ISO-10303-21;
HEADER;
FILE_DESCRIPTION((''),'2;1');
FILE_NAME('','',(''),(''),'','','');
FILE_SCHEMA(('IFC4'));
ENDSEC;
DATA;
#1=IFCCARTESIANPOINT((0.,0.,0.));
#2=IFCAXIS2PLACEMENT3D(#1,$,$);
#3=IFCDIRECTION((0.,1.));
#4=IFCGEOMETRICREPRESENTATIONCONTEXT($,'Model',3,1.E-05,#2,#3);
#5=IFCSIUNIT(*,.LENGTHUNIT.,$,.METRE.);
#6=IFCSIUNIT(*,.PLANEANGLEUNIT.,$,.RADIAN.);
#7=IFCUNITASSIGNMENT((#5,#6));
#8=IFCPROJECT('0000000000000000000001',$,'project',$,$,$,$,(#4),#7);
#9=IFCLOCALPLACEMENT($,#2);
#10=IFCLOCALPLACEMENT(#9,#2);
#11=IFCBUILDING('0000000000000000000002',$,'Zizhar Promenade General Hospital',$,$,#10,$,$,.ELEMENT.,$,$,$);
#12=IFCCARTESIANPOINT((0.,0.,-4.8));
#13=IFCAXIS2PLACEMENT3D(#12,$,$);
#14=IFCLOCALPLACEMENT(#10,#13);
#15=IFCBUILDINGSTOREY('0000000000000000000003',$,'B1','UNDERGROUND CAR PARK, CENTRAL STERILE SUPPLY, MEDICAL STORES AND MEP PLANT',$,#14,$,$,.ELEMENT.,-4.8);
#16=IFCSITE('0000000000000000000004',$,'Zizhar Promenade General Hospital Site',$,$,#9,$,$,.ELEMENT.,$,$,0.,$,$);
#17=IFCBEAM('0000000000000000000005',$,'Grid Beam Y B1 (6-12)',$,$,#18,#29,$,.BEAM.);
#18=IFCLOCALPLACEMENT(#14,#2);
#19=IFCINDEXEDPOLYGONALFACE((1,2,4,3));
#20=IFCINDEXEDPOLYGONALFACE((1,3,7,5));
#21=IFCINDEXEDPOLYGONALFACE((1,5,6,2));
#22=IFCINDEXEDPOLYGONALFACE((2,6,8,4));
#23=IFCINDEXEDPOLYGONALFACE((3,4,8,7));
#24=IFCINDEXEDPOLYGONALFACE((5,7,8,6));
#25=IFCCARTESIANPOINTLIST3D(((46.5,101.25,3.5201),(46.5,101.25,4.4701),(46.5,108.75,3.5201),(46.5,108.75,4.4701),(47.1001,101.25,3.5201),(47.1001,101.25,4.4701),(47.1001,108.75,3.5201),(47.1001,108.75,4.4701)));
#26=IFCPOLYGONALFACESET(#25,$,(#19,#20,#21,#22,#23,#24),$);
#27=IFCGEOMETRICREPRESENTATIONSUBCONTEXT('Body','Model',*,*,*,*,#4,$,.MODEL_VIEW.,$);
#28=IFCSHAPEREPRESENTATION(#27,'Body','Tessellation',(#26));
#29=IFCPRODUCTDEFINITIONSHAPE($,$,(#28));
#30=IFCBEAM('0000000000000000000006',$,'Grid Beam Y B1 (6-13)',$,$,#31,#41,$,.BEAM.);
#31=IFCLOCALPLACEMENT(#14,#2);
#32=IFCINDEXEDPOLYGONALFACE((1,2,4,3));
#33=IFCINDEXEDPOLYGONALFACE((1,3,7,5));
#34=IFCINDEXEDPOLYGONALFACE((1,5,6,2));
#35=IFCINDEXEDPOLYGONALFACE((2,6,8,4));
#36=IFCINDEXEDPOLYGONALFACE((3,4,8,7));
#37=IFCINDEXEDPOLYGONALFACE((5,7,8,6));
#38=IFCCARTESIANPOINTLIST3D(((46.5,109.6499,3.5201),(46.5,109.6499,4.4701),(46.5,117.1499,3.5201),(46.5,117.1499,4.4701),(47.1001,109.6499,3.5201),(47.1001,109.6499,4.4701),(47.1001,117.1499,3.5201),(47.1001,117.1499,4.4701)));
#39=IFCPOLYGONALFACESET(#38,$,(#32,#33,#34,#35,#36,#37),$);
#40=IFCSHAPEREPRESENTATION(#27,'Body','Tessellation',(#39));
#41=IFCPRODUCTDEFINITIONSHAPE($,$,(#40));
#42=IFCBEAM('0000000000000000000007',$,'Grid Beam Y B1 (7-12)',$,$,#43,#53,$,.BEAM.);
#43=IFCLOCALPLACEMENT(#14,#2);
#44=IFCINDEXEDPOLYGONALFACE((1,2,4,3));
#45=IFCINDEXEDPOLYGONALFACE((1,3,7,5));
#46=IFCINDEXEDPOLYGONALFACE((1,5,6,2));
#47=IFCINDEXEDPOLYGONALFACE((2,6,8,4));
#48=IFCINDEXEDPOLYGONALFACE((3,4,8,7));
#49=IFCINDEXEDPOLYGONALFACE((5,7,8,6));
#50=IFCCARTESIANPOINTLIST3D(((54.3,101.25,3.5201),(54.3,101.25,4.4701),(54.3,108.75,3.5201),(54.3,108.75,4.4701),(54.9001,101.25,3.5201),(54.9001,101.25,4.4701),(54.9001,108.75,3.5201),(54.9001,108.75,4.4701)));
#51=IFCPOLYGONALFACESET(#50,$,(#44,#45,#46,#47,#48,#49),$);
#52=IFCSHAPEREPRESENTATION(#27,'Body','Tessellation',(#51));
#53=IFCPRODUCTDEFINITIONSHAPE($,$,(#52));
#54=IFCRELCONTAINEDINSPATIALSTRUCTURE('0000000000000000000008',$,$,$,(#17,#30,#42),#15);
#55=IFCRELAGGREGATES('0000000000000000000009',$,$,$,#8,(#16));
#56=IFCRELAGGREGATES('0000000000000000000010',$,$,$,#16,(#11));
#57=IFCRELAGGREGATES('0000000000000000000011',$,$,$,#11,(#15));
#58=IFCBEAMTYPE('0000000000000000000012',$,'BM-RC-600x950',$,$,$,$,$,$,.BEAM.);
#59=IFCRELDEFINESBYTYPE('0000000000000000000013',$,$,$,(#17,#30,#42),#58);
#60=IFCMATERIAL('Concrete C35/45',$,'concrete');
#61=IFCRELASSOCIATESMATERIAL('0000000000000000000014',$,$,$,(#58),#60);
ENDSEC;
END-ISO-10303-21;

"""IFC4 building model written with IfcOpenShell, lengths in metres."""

from ifc_helpers import new_model, si_unit, direction, frame, origin, origin_2d, place, context, subcontext, project, spatial, rectangle, extrude, material, material_profile, profile_set, type_object, element, save


model = new_model("IFC4")

# Units and contexts
model_context = context("Model", 3, precision=1e-05, world=origin(), true_north=direction((0.0, 1.0)))
body_context = subcontext(model_context, "Body", "Model", "MODEL_VIEW")
ifc_project = project(units=[si_unit("LENGTHUNIT", "METRE"), si_unit("PLANEANGLEUNIT", "RADIAN")], contexts=[model_context])

# Site, building, storey
site_placement = place(None, origin())
site = spatial("IfcSite", under=ifc_project, at=site_placement, Name="Zizhar Promenade General Hospital Site", CompositionType="ELEMENT", RefElevation=0.0)
building_placement = place(site_placement, origin())
building = spatial("IfcBuilding", under=site, at=building_placement, Name="Zizhar Promenade General Hospital", CompositionType="ELEMENT")
storey_placement = place(building_placement, frame((0.0, 0.0, -4.8)))
storey = spatial("IfcBuildingStorey", under=building, at=storey_placement, Name="B1", Description="UNDERGROUND CAR PARK, CENTRAL STERILE SUPPLY, MEDICAL STORES AND MEP PLANT", CompositionType="ELEMENT", Elevation=-4.8)

# Beams
ifc_material_1 = material(Name="Concrete C35/45", Category="concrete")
ifc_material_profile_1 = material_profile(ifc_material_1, rectangle(XDim=0.6001, YDim=0.95, at=origin_2d()))
ifc_profile_set_1 = profile_set([ifc_material_profile_1], Name="Concrete C35/45")
beam_type_1 = type_object("IfcBeamType", Name="BM-RC-600x950", PredefinedType="BEAM", material=ifc_profile_set_1)
for number, where, z_axis, x_axis, name in (
    (1, (46.8, 101.25, 3.9951), (0.0, 1.0, 0.0), (-1.0, 0.0, 0.0), "Grid Beam Y B1 (6-12)"),
    (2, (46.8, 109.6499, 3.9951), (0.0, 1.0, 0.0), (-1.0, 0.0, 0.0), "Grid Beam Y B1 (6-13)"),
    (3, (54.6001, 101.25, 3.9951), (0.0, 1.0, 0.0), (-1.0, 0.0, 0.0), "Grid Beam Y B1 (7-12)"),
):
    element("IfcBeam", number, at=place(storey_placement, frame(where, z_axis=z_axis, x_axis=x_axis)), inside=storey, type_object=beam_type_1, Name=name, PredefinedType="BEAM", context=body_context, shape_type="SweptSolid", body=[
        extrude(rectangle(XDim=0.6001, YDim=0.95, at=origin_2d()), origin(), (0.0, 0.0, 1.0), 7.5),
    ])

save(model, "model.ifc")
